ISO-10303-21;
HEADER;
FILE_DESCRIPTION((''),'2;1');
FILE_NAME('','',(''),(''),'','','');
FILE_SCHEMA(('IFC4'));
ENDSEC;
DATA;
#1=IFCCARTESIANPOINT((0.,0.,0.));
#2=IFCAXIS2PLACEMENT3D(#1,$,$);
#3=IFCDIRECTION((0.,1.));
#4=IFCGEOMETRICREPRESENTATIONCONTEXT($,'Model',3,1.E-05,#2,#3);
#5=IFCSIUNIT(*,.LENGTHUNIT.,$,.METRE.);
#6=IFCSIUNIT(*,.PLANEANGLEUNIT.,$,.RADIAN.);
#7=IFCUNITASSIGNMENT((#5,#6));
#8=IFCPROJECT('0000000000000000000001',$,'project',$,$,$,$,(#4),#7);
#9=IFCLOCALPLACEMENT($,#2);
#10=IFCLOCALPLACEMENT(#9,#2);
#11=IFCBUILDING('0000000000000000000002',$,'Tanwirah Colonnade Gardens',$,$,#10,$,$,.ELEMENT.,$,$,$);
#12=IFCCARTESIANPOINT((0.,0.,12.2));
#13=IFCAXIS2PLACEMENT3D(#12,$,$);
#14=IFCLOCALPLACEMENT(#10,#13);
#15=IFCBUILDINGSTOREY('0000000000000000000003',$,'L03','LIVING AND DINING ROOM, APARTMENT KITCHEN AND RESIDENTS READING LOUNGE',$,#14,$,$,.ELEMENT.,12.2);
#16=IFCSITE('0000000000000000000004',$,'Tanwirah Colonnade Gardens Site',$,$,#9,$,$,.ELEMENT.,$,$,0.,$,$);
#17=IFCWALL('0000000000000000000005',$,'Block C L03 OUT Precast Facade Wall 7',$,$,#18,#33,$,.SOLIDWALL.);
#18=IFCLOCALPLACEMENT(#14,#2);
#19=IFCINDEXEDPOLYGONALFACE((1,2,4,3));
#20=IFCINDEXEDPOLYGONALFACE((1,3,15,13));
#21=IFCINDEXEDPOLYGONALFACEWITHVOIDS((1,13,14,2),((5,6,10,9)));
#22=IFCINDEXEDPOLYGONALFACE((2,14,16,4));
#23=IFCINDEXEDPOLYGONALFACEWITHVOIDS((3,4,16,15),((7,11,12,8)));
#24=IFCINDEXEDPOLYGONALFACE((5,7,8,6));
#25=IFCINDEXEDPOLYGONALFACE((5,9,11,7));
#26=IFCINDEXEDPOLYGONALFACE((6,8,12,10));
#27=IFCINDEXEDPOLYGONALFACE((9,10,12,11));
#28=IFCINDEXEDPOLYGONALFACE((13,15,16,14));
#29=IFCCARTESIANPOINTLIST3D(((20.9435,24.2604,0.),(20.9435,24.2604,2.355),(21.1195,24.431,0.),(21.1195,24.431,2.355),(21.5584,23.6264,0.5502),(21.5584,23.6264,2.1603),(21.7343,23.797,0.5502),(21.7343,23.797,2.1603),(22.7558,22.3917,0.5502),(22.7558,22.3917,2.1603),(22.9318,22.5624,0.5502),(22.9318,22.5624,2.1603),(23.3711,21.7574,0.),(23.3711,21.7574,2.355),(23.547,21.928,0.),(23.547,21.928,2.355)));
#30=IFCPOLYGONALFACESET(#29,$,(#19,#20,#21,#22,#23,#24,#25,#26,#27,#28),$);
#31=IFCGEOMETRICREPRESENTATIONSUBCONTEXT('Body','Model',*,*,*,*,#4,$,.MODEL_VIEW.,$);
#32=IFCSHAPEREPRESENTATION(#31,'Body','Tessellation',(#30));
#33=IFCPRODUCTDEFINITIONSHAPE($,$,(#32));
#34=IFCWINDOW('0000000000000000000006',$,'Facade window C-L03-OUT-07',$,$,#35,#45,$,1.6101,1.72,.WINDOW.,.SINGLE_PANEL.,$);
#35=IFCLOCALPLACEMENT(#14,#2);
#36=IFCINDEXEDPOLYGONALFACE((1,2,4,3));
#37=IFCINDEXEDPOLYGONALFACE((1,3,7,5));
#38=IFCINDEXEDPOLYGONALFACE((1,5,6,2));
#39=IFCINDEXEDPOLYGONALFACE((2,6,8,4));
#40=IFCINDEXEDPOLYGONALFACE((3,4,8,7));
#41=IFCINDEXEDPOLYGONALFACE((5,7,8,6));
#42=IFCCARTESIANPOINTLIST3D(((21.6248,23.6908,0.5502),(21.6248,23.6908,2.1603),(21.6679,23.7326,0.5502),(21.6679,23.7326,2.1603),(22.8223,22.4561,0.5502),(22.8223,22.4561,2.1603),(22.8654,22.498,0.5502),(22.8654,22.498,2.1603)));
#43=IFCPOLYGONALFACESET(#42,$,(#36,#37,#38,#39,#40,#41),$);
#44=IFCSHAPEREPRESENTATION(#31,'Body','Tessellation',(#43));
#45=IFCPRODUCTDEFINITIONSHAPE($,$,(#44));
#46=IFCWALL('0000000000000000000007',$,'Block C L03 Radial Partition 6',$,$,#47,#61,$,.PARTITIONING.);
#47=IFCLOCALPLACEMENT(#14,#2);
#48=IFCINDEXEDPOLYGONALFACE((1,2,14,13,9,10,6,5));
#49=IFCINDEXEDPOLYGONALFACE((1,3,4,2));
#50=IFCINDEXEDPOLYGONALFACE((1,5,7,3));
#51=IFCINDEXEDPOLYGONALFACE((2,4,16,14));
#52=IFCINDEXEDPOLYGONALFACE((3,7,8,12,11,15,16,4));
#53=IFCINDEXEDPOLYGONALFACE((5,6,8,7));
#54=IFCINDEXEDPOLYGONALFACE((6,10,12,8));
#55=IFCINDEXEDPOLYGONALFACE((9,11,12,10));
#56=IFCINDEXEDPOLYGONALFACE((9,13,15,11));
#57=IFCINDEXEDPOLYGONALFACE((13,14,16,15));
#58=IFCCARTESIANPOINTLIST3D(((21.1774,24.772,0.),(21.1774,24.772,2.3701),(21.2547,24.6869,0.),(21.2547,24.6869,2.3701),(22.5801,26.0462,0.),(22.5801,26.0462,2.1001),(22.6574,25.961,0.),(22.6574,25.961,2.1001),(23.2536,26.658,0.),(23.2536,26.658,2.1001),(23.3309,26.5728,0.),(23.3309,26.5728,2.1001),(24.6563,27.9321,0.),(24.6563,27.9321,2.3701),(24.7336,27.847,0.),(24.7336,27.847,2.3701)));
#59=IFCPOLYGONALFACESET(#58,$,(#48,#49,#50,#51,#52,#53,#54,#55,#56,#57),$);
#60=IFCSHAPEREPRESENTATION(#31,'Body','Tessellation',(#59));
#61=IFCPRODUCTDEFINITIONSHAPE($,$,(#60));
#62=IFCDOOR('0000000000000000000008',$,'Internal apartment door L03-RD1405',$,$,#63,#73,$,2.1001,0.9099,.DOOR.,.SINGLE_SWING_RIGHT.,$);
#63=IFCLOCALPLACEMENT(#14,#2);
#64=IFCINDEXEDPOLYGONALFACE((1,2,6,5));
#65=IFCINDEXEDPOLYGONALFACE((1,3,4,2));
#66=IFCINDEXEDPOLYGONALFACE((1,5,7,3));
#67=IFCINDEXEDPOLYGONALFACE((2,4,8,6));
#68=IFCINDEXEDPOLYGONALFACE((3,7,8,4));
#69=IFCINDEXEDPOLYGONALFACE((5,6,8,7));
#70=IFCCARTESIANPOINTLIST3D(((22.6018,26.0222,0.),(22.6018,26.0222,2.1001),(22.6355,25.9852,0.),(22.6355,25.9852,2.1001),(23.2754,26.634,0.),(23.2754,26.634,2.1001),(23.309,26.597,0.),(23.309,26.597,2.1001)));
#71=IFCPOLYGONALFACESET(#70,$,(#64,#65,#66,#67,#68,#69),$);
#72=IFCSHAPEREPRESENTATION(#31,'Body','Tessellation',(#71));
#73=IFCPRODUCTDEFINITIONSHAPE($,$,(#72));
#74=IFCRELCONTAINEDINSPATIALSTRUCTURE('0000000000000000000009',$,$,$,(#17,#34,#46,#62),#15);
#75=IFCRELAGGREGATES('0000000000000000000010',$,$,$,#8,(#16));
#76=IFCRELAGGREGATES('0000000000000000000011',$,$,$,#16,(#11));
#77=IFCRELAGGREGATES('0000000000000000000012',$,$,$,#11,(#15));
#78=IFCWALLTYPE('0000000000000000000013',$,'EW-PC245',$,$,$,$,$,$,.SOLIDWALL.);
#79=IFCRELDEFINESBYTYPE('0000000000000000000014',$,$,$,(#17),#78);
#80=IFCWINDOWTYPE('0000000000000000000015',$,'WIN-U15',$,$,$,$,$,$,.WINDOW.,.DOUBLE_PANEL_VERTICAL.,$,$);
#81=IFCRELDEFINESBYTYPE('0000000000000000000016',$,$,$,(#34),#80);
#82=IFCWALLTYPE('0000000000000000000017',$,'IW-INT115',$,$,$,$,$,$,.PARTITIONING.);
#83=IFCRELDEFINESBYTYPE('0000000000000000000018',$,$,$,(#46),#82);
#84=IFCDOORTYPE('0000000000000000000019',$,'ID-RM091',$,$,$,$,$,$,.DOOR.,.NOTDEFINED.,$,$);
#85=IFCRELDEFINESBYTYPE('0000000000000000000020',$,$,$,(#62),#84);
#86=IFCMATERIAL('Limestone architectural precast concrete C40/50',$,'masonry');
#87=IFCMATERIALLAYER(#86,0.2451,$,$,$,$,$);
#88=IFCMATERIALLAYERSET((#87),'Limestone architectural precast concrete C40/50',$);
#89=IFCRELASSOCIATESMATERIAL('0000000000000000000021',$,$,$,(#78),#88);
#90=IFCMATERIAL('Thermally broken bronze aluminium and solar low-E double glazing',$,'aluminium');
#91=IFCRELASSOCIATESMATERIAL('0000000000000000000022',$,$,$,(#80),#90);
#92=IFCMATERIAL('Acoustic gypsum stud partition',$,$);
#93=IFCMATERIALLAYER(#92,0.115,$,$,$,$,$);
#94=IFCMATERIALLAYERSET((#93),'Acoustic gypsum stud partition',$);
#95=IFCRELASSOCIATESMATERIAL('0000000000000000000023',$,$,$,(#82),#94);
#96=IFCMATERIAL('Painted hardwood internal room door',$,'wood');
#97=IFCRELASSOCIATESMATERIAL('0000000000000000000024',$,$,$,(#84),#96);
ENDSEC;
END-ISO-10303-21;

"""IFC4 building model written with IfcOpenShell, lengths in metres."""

from ifc_helpers import new_model, si_unit, direction, frame, frame_2d, origin, place, context, subcontext, project, spatial, rectangle, extrude, material, layer, layer_set, type_object, element, fill, save


model = new_model("IFC4")

# Units and contexts
model_context = context("Model", 3, precision=1e-05, world=origin(), true_north=direction((0.0, 1.0)))
body_context = subcontext(model_context, "Body", "Model", "MODEL_VIEW")
ifc_project = project(units=[si_unit("LENGTHUNIT", "METRE"), si_unit("PLANEANGLEUNIT", "RADIAN")], contexts=[model_context])

# Site, building, storey
site_placement = place(None, origin())
site = spatial("IfcSite", under=ifc_project, at=site_placement, Name="Tanwirah Colonnade Gardens Site", CompositionType="ELEMENT", RefElevation=0.0)
building_placement = place(site_placement, origin())
building = spatial("IfcBuilding", under=site, at=building_placement, Name="Tanwirah Colonnade Gardens", CompositionType="ELEMENT")
storey_placement = place(building_placement, frame((0.0, 0.0, 12.2)))
storey = spatial("IfcBuildingStorey", under=building, at=storey_placement, Name="L03", Description="LIVING AND DINING ROOM, APARTMENT KITCHEN AND RESIDENTS READING LOUNGE", CompositionType="ELEMENT", Elevation=12.2)

# Shared definitions
ifc_material_1 = material(Name="Limestone architectural precast concrete C40/50", Category="masonry")
ifc_layer_1 = layer(ifc_material_1, 0.2451)
ifc_layer_set_1 = layer_set([ifc_layer_1], Name="Limestone architectural precast concrete C40/50")
wall_type_1 = type_object("IfcWallType", Name="EW-PC245", PredefinedType="SOLIDWALL", material=ifc_layer_set_1)
ifc_material_2 = material(Name="Thermally broken bronze aluminium and solar low-E double glazing", Category="aluminium")

# Wall, opening, window
wall_1_placement = place(storey_placement, frame((21.0315, 24.3457, 0.0), z_axis=(0.0, 0.0, 1.0), x_axis=(0.696206, -0.717842, 0.0)))
wall_1 = element("IfcWall", 1, at=wall_1_placement, inside=storey, type_object=wall_type_1, Name="Block C L03 OUT Precast Facade Wall 7", PredefinedType="SOLIDWALL", context=body_context, shape_type="SweptSolid", body=[
    extrude(rectangle(XDim=3.4868, YDim=0.2451, at=frame_2d((1.7434, 0.0))), origin(), (0.0, 0.0, 1.0), 2.355),
])
opening_1_placement = place(wall_1_placement, frame((0.8833, 0.0, 0.55)))
opening_1 = element("IfcOpeningElement", 2, at=opening_1_placement, cuts=wall_1, PredefinedType="OPENING", context=body_context, shape_type="SweptSolid", body=[
    extrude(rectangle(XDim=1.72, YDim=1.6101, at=frame_2d((0.8599, 0.8052))), frame((0.0, 0.1326, 0.0), z_axis=(0.0, -1.0, 0.0), x_axis=(1.0, 0.0, 0.0)), (0.0, 0.0, 1.0), 0.2651),
])
window_type_1 = type_object("IfcWindowType", Name="WIN-U15", PartitioningType="DOUBLE_PANEL_VERTICAL", PredefinedType="WINDOW", material=ifc_material_2)
window_1_placement = place(opening_1_placement, origin())
window_1 = element("IfcWindow", 3, at=window_1_placement, inside=storey, type_object=window_type_1, Name="Facade window C-L03-OUT-07", OverallHeight=1.6101, OverallWidth=1.72, PartitioningType="SINGLE_PANEL", PredefinedType="WINDOW", context=body_context, shape_type="SweptSolid", body=[
    extrude(rectangle(XDim=1.72, YDim=1.6101, at=frame_2d((0.8599, 0.8052))), frame((0.0, 0.03, 0.0), z_axis=(0.0, -1.0, 0.0), x_axis=(1.0, 0.0, 0.0)), (0.0, 0.0, 1.0), 0.0601),
])
fill(opening_1, window_1)

# Wall, opening, door
ifc_material_3 = material(Name="Acoustic gypsum stud partition")
ifc_layer_2 = layer(ifc_material_3, 0.115)
ifc_layer_set_2 = layer_set([ifc_layer_2], Name="Acoustic gypsum stud partition")
wall_type_2 = type_object("IfcWallType", Name="IW-INT115", PredefinedType="PARTITIONING", material=ifc_layer_set_2)
wall_2_placement = place(storey_placement, frame((24.6951, 27.8896, 0.0), z_axis=(0.0, 0.0, 1.0), x_axis=(-0.740213, -0.672373, 0.0)))
wall_2 = element("IfcWall", 4, at=wall_2_placement, inside=storey, type_object=wall_type_2, Name="Block C L03 Radial Partition 6", PredefinedType="PARTITIONING", context=body_context, shape_type="SweptSolid", body=[
    extrude(rectangle(XDim=4.7, YDim=0.115, at=frame_2d((2.3501, 0.0))), origin(), (0.0, 0.0, 1.0), 2.3701),
])
opening_2_placement = place(wall_2_placement, frame((1.895, 0.0, 0.0)))
opening_2 = element("IfcOpeningElement", 5, at=opening_2_placement, cuts=wall_2, PredefinedType="OPENING", context=body_context, shape_type="SweptSolid", body=[
    extrude(rectangle(XDim=0.9099, YDim=2.1001, at=frame_2d((0.4551, 1.05))), frame((0.0, 0.0674, 0.0), z_axis=(0.0, -1.0, 0.0), x_axis=(1.0, 0.0, 0.0)), (0.0, 0.0, 1.0), 0.135),
])
ifc_material_4 = material(Name="Painted hardwood internal room door", Category="wood")
door_type_1 = type_object("IfcDoorType", Name="ID-RM091", OperationType="NOTDEFINED", PredefinedType="DOOR", material=ifc_material_4)
door_1_placement = place(opening_2_placement, origin())
door_1 = element("IfcDoor", 6, at=door_1_placement, inside=storey, type_object=door_type_1, Name="Internal apartment door L03-RD1405", OperationType="SINGLE_SWING_RIGHT", OverallHeight=2.1001, OverallWidth=0.9099, PredefinedType="DOOR", context=body_context, shape_type="SweptSolid", body=[
    extrude(rectangle(XDim=0.9099, YDim=2.1001, at=frame_2d((0.4551, 1.05))), frame((0.0, 0.0249, 0.0), z_axis=(0.0, -1.0, 0.0), x_axis=(1.0, 0.0, 0.0)), (0.0, 0.0, 1.0), 0.05),
])
fill(opening_2, door_1)

save(model, "model.ifc")
